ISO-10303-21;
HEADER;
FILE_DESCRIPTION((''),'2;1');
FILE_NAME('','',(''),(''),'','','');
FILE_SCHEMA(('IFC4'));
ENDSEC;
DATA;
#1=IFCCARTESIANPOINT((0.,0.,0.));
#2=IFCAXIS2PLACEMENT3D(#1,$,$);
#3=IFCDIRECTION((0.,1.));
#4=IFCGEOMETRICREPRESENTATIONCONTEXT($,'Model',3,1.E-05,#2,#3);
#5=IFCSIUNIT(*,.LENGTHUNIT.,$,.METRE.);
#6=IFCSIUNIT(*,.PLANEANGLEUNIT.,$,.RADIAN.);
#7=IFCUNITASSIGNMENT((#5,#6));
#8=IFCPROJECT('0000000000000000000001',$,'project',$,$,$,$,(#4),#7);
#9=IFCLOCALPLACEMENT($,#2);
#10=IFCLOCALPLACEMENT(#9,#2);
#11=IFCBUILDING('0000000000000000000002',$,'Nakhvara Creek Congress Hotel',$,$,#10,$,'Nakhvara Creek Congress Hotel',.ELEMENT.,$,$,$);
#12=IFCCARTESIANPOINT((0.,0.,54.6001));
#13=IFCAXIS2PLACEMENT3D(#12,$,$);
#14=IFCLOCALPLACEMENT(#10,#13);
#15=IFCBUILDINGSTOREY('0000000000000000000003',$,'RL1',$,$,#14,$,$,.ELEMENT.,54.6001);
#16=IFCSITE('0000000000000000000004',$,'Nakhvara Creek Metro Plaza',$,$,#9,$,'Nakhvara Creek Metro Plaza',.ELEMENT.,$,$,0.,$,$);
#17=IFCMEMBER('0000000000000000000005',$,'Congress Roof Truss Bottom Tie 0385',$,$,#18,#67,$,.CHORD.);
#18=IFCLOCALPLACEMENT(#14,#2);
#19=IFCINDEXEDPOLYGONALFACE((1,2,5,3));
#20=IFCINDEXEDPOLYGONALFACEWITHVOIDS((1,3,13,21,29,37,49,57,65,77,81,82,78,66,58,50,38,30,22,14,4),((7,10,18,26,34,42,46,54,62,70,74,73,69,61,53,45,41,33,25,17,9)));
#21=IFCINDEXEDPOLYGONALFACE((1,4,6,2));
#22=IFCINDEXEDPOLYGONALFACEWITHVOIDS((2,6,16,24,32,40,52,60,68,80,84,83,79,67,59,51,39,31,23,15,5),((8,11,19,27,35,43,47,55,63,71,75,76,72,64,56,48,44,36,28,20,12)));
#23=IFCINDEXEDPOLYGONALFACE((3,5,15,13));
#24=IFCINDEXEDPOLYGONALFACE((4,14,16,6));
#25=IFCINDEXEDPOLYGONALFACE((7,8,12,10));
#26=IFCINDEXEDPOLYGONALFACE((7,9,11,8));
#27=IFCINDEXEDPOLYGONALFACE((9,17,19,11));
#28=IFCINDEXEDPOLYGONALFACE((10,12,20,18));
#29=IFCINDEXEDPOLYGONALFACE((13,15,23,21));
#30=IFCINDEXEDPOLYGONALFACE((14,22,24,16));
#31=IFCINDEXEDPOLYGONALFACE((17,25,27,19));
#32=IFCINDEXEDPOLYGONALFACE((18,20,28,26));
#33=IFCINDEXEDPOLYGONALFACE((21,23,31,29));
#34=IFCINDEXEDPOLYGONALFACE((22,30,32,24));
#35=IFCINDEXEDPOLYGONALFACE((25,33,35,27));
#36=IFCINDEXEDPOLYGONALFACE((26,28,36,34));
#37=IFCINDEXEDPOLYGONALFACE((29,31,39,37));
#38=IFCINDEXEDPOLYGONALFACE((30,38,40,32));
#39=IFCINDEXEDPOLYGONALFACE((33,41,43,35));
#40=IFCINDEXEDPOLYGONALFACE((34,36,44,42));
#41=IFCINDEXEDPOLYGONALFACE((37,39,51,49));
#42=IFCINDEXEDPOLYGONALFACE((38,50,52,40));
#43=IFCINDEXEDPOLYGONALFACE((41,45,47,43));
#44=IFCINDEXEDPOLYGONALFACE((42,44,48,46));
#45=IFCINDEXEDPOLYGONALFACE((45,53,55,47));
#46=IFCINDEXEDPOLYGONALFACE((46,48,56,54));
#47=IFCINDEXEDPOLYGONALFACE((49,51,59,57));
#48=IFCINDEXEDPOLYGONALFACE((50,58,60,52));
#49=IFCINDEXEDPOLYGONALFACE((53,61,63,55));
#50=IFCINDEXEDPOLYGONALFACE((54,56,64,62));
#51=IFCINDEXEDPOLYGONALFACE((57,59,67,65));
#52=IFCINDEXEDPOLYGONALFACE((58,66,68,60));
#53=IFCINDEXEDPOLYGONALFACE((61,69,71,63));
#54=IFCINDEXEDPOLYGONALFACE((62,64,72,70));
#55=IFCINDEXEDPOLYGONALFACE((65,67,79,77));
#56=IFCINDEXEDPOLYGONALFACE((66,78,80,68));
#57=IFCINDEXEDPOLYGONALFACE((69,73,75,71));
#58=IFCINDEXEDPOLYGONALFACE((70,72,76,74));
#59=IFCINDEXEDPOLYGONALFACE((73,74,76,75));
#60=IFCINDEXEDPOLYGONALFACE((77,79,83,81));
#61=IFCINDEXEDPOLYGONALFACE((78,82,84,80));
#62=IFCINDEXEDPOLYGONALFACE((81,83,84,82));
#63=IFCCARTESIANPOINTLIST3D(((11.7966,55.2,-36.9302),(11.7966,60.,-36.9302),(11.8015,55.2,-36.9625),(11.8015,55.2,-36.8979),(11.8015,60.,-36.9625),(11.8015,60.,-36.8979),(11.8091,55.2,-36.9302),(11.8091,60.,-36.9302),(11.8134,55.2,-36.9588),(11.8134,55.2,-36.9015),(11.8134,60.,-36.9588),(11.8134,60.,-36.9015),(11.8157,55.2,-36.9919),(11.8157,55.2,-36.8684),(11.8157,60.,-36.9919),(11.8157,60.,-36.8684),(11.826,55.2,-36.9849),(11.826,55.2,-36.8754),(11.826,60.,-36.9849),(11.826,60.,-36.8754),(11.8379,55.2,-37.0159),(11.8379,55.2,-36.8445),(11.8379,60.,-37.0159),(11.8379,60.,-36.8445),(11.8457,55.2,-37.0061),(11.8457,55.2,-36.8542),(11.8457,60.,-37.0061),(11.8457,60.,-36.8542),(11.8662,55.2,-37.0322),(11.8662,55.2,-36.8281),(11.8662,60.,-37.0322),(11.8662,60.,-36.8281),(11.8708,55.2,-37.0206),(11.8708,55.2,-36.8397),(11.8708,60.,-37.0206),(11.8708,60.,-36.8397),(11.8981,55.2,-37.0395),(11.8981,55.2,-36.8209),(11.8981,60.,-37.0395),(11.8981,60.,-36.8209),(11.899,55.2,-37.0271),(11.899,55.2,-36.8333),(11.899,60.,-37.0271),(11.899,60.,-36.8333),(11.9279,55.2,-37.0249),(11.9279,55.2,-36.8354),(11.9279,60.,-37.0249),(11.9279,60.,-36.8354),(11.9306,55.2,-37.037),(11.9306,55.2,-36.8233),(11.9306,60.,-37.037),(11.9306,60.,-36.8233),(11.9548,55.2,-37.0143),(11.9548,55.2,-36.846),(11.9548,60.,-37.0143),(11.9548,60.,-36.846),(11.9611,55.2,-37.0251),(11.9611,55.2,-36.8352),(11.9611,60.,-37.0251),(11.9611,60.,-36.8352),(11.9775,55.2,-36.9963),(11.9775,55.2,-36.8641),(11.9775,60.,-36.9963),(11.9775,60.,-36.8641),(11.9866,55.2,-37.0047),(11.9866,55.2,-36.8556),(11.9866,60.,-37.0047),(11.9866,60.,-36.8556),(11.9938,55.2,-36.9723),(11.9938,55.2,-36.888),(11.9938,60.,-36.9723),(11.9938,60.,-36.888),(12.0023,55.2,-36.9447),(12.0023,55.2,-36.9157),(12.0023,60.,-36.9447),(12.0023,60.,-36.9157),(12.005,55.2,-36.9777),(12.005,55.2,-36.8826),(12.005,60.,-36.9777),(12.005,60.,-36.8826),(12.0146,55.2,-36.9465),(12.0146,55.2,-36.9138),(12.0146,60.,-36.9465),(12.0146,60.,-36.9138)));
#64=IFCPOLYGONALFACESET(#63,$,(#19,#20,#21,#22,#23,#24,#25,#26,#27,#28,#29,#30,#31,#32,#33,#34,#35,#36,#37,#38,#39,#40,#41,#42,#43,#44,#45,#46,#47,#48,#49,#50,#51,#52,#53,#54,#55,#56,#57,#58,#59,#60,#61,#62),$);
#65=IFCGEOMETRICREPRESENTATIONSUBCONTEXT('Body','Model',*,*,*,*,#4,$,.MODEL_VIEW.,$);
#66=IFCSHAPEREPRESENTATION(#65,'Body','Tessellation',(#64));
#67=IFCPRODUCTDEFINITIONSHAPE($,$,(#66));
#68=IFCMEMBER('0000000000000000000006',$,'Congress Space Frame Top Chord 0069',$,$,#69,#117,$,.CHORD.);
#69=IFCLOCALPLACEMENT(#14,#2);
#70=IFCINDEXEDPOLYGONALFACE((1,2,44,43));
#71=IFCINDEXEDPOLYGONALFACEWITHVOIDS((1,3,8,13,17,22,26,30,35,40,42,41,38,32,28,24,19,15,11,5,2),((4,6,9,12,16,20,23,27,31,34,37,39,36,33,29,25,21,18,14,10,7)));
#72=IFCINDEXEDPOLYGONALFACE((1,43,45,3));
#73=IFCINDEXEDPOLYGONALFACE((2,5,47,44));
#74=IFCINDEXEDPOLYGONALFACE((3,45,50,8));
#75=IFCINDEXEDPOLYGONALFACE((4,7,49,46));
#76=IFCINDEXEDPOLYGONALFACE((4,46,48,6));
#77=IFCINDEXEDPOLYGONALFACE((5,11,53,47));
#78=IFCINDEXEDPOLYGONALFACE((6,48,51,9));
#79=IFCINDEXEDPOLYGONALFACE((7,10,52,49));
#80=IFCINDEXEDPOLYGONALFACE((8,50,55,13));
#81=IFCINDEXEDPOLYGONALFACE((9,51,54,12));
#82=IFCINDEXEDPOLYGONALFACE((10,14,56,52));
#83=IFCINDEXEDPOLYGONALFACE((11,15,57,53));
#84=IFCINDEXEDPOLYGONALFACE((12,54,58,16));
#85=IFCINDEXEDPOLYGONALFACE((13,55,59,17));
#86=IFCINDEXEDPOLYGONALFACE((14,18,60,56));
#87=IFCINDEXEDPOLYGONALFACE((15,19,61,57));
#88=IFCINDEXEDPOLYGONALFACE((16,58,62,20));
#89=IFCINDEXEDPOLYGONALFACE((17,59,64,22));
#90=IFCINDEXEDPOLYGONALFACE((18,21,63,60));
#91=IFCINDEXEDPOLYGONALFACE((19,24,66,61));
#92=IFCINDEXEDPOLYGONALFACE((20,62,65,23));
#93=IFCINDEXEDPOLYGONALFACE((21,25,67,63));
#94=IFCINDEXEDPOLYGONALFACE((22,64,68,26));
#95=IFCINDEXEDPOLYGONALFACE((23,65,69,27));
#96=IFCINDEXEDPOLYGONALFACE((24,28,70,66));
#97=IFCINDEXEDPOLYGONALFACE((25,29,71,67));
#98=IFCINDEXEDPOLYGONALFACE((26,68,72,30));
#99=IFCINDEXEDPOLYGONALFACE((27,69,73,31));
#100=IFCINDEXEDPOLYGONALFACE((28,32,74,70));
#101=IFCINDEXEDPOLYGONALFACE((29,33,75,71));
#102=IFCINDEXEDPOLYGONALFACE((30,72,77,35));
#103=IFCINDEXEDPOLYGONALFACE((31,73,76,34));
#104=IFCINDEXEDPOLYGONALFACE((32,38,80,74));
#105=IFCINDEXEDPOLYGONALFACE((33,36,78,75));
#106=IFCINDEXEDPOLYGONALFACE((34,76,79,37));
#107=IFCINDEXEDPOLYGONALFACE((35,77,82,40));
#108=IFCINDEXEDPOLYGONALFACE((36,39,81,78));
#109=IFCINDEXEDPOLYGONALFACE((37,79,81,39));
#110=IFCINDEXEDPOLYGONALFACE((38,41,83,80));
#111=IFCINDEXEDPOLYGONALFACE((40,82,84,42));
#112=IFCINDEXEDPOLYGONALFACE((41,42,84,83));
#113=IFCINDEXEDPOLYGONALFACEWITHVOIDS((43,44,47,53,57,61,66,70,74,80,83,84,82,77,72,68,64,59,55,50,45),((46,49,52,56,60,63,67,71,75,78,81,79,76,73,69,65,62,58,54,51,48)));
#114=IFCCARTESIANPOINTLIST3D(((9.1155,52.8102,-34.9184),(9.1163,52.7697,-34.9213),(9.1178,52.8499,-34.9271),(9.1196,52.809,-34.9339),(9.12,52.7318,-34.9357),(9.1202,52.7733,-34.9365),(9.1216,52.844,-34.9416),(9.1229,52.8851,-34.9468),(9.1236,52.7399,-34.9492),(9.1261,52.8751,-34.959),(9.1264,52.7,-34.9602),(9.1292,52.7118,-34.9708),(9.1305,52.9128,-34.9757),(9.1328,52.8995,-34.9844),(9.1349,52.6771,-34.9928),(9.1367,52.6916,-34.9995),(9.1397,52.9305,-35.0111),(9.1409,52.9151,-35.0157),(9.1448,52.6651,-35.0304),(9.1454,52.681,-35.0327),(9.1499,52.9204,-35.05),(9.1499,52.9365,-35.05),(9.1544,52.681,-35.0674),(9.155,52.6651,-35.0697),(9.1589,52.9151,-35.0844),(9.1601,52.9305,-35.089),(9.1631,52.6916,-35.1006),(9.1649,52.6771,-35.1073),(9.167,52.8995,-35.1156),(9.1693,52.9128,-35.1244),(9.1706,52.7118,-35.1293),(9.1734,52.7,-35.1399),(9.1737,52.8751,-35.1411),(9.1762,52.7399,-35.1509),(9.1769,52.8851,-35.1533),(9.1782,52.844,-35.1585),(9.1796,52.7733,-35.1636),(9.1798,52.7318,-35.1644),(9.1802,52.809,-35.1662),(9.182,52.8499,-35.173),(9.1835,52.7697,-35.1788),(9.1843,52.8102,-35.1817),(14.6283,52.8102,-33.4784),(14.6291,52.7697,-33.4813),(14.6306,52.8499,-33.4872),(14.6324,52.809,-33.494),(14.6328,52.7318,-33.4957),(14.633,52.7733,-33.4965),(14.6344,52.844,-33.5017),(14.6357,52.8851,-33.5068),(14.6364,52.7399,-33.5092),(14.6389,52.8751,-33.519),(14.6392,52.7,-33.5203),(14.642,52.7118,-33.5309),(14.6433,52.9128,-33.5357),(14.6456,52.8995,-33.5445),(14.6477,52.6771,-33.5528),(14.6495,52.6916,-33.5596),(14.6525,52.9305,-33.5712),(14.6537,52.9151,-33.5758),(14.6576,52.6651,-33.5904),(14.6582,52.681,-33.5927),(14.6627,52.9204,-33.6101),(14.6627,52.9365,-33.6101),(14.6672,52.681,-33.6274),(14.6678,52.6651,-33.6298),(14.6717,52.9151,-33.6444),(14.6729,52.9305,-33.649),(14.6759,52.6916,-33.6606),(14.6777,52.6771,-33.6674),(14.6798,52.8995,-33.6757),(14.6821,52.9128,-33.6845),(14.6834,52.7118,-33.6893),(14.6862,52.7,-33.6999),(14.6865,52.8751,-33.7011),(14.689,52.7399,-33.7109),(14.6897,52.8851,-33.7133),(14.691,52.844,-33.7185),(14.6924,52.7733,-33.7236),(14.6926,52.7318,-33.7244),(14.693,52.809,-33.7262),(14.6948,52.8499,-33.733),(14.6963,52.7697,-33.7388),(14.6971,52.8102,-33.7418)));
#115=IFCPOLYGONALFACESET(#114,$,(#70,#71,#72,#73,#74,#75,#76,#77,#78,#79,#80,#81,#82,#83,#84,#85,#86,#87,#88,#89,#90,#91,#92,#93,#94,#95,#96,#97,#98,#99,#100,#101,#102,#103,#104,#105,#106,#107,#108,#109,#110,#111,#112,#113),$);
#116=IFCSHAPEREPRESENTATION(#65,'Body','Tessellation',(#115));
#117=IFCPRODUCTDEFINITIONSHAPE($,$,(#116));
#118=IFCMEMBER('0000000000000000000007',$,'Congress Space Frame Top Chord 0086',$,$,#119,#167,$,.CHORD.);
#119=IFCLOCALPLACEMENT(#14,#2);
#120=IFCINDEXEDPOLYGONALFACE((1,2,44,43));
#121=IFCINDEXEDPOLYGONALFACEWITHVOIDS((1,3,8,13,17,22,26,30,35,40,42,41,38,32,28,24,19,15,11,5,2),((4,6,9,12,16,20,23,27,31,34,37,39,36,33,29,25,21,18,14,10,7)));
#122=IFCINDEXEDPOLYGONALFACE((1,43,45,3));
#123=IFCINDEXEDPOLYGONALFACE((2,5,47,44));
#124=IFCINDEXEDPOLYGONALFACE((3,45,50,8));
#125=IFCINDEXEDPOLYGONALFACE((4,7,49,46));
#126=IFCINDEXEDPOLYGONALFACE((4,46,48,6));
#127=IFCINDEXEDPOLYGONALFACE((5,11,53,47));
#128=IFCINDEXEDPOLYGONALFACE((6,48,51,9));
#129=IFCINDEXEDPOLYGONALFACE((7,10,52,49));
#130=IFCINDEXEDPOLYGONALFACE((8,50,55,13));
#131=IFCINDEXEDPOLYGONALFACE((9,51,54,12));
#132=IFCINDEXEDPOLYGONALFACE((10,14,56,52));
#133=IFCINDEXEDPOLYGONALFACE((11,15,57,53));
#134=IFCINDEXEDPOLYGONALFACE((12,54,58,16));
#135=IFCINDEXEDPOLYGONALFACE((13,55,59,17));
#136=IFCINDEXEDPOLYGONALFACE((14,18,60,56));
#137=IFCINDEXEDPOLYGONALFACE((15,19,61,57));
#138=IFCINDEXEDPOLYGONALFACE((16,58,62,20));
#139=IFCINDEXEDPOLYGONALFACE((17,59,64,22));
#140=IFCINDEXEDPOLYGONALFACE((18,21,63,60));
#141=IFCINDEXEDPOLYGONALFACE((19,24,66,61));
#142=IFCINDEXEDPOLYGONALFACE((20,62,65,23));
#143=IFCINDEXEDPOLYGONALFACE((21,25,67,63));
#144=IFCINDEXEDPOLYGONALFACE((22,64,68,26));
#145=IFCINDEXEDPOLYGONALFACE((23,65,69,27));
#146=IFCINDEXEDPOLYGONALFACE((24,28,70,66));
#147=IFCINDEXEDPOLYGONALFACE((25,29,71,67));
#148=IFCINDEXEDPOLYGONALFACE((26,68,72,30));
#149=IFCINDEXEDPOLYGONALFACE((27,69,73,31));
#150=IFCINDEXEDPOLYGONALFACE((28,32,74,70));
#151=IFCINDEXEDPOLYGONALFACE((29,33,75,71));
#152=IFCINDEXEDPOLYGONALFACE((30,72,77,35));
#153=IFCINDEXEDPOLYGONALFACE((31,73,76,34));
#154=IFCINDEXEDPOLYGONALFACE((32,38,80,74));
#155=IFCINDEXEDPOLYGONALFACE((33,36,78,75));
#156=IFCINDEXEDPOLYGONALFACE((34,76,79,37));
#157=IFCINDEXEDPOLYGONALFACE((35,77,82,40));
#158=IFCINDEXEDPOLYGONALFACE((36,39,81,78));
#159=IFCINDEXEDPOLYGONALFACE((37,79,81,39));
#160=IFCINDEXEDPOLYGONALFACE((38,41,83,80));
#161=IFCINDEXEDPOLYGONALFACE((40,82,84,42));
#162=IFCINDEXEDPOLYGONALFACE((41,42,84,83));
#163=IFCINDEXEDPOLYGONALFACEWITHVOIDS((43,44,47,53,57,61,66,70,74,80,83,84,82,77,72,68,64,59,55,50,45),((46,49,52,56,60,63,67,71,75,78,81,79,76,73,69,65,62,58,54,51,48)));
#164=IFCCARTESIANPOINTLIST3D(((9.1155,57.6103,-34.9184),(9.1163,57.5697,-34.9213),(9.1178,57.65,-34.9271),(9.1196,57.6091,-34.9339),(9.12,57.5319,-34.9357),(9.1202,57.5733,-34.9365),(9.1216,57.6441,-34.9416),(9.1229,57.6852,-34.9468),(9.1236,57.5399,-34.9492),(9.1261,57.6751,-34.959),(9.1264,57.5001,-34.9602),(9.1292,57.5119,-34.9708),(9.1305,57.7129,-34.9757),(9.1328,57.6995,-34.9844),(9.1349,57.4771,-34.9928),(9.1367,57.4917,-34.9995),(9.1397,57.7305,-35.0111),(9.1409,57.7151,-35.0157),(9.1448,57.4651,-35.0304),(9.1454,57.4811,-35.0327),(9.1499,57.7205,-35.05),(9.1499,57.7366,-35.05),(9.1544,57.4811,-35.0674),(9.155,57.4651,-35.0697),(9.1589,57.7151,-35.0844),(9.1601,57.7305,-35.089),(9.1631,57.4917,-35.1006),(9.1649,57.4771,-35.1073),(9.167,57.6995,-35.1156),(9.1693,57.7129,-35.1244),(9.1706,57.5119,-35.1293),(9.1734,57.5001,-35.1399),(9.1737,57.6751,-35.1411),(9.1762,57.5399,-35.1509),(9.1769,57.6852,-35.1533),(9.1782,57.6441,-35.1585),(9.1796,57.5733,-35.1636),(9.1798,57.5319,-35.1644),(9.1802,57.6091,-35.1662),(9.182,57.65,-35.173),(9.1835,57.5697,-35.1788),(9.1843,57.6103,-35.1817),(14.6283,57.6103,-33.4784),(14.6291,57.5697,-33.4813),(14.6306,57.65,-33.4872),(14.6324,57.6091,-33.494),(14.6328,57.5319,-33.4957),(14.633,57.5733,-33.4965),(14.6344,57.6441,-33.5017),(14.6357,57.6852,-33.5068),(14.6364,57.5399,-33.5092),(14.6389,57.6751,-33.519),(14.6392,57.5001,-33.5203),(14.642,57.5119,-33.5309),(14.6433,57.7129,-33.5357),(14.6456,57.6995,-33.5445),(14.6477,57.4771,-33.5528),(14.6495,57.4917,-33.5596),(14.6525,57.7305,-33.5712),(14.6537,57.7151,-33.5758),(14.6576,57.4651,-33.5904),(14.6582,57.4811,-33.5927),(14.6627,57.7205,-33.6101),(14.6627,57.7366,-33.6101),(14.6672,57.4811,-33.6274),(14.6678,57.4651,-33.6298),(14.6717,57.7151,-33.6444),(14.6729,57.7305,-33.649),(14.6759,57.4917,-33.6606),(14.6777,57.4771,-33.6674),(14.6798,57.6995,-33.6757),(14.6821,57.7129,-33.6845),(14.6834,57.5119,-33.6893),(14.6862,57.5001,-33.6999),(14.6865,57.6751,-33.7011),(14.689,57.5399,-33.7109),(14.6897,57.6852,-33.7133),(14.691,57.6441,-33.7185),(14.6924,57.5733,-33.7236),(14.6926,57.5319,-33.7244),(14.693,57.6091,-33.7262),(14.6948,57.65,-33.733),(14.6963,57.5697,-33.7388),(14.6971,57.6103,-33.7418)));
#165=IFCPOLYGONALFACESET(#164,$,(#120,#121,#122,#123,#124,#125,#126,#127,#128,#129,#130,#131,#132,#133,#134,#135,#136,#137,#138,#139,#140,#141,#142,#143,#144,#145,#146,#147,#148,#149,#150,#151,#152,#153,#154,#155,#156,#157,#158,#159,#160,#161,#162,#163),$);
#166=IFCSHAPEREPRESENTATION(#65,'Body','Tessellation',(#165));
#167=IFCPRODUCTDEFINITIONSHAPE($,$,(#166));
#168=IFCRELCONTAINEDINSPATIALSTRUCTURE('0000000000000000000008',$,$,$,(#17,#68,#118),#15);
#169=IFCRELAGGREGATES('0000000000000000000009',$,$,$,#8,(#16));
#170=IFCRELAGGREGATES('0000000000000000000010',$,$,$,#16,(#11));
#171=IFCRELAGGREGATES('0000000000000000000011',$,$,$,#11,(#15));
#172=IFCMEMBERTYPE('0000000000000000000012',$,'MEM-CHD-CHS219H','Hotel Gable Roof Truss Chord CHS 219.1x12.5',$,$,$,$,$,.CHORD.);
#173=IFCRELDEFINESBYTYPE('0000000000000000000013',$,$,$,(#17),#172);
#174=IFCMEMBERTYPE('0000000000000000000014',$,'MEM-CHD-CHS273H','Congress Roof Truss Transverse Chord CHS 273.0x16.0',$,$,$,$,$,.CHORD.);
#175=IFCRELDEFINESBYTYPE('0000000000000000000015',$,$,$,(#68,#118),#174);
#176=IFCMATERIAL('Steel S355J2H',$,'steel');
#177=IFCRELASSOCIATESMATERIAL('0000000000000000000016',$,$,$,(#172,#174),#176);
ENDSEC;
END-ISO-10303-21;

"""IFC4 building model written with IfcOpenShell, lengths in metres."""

from ifc_helpers import new_model, si_unit, direction, frame, origin, origin_2d, place, context, subcontext, project, spatial, hollow_circle, extrude, material, material_profile, profile_set, type_object, element, save


model = new_model("IFC4")

# Units and contexts
model_context = context("Model", 3, precision=1e-05, world=origin(), true_north=direction((0.0, 1.0)))
body_context = subcontext(model_context, "Body", "Model", "MODEL_VIEW")
ifc_project = project(units=[si_unit("LENGTHUNIT", "METRE"), si_unit("PLANEANGLEUNIT", "RADIAN")], contexts=[model_context])

# Site, building, storey
site_placement = place(None, origin())
site = spatial("IfcSite", under=ifc_project, at=site_placement, Name="Nakhvara Creek Metro Plaza", LongName="Nakhvara Creek Metro Plaza", CompositionType="ELEMENT", RefElevation=0.0)
building_placement = place(site_placement, origin())
building = spatial("IfcBuilding", under=site, at=building_placement, Name="Nakhvara Creek Congress Hotel", LongName="Nakhvara Creek Congress Hotel", CompositionType="ELEMENT")
storey_placement = place(building_placement, frame((0.0, 0.0, 54.6001)))
storey = spatial("IfcBuildingStorey", under=building, at=storey_placement, Name="RL1", CompositionType="ELEMENT", Elevation=54.6001)

# Members
ifc_material_1 = material(Name="Steel S355J2H", Category="steel")
ifc_material_profile_1 = material_profile(ifc_material_1, hollow_circle(Radius=0.1096, WallThickness=0.0125, at=origin_2d()), Name="CHS 219.1x12.5", Category="LoadBearing")
ifc_profile_set_1 = profile_set([ifc_material_profile_1], Name="Steel S355J2H")
member_type_1 = type_object("IfcMemberType", Name="MEM-CHD-CHS219H", Description="Hotel Gable Roof Truss Chord CHS 219.1x12.5", PredefinedType="CHORD", material=ifc_profile_set_1)
for number, where, z_axis, x_axis, name in (
    (1, (11.9062, 55.2, -36.9302), (0.0, 1.0, 0.0), (-1.0, 0.0, 0.0), "Congress Roof Truss Bottom Tie 0385"),
):
    element("IfcMember", number, at=place(storey_placement, frame(where, z_axis=z_axis, x_axis=x_axis)), inside=storey, type_object=member_type_1, Name=name, PredefinedType="CHORD", context=body_context, shape_type="SweptSolid", body=[
        extrude(hollow_circle(Radius=0.1096, WallThickness=0.0125, at=origin_2d()), origin(), (0.0, 0.0, 1.0), 4.8),
    ])
ifc_material_profile_2 = material_profile(ifc_material_1, hollow_circle(Radius=0.1365, WallThickness=0.0161, at=origin_2d()), Name="CHS 273.0x16.0", Category="LoadBearing")
ifc_profile_set_2 = profile_set([ifc_material_profile_2], Name="Steel S355J2H")
member_type_2 = type_object("IfcMemberType", Name="MEM-CHD-CHS273H", Description="Congress Roof Truss Transverse Chord CHS 273.0x16.0", PredefinedType="CHORD", material=ifc_profile_set_2)
for number, where, z_axis, x_axis, name in (
    (2, (9.1499, 52.8, -35.05), (0.967538, 0.0, 0.252725), (0.0, 1.0, 0.0), "Congress Space Frame Top Chord 0069"),
    (3, (9.1499, 57.6001, -35.05), (0.967538, 0.0, 0.252725), (0.0, 1.0, 0.0), "Congress Space Frame Top Chord 0086"),
):
    element("IfcMember", number, at=place(storey_placement, frame(where, z_axis=z_axis, x_axis=x_axis)), inside=storey, type_object=member_type_2, Name=name, PredefinedType="CHORD", context=body_context, shape_type="SweptSolid", body=[
        extrude(hollow_circle(Radius=0.1365, WallThickness=0.0161, at=origin_2d()), origin(), (0.0, 0.0, 1.0), 5.6978),
    ])

save(model, "model.ifc")
